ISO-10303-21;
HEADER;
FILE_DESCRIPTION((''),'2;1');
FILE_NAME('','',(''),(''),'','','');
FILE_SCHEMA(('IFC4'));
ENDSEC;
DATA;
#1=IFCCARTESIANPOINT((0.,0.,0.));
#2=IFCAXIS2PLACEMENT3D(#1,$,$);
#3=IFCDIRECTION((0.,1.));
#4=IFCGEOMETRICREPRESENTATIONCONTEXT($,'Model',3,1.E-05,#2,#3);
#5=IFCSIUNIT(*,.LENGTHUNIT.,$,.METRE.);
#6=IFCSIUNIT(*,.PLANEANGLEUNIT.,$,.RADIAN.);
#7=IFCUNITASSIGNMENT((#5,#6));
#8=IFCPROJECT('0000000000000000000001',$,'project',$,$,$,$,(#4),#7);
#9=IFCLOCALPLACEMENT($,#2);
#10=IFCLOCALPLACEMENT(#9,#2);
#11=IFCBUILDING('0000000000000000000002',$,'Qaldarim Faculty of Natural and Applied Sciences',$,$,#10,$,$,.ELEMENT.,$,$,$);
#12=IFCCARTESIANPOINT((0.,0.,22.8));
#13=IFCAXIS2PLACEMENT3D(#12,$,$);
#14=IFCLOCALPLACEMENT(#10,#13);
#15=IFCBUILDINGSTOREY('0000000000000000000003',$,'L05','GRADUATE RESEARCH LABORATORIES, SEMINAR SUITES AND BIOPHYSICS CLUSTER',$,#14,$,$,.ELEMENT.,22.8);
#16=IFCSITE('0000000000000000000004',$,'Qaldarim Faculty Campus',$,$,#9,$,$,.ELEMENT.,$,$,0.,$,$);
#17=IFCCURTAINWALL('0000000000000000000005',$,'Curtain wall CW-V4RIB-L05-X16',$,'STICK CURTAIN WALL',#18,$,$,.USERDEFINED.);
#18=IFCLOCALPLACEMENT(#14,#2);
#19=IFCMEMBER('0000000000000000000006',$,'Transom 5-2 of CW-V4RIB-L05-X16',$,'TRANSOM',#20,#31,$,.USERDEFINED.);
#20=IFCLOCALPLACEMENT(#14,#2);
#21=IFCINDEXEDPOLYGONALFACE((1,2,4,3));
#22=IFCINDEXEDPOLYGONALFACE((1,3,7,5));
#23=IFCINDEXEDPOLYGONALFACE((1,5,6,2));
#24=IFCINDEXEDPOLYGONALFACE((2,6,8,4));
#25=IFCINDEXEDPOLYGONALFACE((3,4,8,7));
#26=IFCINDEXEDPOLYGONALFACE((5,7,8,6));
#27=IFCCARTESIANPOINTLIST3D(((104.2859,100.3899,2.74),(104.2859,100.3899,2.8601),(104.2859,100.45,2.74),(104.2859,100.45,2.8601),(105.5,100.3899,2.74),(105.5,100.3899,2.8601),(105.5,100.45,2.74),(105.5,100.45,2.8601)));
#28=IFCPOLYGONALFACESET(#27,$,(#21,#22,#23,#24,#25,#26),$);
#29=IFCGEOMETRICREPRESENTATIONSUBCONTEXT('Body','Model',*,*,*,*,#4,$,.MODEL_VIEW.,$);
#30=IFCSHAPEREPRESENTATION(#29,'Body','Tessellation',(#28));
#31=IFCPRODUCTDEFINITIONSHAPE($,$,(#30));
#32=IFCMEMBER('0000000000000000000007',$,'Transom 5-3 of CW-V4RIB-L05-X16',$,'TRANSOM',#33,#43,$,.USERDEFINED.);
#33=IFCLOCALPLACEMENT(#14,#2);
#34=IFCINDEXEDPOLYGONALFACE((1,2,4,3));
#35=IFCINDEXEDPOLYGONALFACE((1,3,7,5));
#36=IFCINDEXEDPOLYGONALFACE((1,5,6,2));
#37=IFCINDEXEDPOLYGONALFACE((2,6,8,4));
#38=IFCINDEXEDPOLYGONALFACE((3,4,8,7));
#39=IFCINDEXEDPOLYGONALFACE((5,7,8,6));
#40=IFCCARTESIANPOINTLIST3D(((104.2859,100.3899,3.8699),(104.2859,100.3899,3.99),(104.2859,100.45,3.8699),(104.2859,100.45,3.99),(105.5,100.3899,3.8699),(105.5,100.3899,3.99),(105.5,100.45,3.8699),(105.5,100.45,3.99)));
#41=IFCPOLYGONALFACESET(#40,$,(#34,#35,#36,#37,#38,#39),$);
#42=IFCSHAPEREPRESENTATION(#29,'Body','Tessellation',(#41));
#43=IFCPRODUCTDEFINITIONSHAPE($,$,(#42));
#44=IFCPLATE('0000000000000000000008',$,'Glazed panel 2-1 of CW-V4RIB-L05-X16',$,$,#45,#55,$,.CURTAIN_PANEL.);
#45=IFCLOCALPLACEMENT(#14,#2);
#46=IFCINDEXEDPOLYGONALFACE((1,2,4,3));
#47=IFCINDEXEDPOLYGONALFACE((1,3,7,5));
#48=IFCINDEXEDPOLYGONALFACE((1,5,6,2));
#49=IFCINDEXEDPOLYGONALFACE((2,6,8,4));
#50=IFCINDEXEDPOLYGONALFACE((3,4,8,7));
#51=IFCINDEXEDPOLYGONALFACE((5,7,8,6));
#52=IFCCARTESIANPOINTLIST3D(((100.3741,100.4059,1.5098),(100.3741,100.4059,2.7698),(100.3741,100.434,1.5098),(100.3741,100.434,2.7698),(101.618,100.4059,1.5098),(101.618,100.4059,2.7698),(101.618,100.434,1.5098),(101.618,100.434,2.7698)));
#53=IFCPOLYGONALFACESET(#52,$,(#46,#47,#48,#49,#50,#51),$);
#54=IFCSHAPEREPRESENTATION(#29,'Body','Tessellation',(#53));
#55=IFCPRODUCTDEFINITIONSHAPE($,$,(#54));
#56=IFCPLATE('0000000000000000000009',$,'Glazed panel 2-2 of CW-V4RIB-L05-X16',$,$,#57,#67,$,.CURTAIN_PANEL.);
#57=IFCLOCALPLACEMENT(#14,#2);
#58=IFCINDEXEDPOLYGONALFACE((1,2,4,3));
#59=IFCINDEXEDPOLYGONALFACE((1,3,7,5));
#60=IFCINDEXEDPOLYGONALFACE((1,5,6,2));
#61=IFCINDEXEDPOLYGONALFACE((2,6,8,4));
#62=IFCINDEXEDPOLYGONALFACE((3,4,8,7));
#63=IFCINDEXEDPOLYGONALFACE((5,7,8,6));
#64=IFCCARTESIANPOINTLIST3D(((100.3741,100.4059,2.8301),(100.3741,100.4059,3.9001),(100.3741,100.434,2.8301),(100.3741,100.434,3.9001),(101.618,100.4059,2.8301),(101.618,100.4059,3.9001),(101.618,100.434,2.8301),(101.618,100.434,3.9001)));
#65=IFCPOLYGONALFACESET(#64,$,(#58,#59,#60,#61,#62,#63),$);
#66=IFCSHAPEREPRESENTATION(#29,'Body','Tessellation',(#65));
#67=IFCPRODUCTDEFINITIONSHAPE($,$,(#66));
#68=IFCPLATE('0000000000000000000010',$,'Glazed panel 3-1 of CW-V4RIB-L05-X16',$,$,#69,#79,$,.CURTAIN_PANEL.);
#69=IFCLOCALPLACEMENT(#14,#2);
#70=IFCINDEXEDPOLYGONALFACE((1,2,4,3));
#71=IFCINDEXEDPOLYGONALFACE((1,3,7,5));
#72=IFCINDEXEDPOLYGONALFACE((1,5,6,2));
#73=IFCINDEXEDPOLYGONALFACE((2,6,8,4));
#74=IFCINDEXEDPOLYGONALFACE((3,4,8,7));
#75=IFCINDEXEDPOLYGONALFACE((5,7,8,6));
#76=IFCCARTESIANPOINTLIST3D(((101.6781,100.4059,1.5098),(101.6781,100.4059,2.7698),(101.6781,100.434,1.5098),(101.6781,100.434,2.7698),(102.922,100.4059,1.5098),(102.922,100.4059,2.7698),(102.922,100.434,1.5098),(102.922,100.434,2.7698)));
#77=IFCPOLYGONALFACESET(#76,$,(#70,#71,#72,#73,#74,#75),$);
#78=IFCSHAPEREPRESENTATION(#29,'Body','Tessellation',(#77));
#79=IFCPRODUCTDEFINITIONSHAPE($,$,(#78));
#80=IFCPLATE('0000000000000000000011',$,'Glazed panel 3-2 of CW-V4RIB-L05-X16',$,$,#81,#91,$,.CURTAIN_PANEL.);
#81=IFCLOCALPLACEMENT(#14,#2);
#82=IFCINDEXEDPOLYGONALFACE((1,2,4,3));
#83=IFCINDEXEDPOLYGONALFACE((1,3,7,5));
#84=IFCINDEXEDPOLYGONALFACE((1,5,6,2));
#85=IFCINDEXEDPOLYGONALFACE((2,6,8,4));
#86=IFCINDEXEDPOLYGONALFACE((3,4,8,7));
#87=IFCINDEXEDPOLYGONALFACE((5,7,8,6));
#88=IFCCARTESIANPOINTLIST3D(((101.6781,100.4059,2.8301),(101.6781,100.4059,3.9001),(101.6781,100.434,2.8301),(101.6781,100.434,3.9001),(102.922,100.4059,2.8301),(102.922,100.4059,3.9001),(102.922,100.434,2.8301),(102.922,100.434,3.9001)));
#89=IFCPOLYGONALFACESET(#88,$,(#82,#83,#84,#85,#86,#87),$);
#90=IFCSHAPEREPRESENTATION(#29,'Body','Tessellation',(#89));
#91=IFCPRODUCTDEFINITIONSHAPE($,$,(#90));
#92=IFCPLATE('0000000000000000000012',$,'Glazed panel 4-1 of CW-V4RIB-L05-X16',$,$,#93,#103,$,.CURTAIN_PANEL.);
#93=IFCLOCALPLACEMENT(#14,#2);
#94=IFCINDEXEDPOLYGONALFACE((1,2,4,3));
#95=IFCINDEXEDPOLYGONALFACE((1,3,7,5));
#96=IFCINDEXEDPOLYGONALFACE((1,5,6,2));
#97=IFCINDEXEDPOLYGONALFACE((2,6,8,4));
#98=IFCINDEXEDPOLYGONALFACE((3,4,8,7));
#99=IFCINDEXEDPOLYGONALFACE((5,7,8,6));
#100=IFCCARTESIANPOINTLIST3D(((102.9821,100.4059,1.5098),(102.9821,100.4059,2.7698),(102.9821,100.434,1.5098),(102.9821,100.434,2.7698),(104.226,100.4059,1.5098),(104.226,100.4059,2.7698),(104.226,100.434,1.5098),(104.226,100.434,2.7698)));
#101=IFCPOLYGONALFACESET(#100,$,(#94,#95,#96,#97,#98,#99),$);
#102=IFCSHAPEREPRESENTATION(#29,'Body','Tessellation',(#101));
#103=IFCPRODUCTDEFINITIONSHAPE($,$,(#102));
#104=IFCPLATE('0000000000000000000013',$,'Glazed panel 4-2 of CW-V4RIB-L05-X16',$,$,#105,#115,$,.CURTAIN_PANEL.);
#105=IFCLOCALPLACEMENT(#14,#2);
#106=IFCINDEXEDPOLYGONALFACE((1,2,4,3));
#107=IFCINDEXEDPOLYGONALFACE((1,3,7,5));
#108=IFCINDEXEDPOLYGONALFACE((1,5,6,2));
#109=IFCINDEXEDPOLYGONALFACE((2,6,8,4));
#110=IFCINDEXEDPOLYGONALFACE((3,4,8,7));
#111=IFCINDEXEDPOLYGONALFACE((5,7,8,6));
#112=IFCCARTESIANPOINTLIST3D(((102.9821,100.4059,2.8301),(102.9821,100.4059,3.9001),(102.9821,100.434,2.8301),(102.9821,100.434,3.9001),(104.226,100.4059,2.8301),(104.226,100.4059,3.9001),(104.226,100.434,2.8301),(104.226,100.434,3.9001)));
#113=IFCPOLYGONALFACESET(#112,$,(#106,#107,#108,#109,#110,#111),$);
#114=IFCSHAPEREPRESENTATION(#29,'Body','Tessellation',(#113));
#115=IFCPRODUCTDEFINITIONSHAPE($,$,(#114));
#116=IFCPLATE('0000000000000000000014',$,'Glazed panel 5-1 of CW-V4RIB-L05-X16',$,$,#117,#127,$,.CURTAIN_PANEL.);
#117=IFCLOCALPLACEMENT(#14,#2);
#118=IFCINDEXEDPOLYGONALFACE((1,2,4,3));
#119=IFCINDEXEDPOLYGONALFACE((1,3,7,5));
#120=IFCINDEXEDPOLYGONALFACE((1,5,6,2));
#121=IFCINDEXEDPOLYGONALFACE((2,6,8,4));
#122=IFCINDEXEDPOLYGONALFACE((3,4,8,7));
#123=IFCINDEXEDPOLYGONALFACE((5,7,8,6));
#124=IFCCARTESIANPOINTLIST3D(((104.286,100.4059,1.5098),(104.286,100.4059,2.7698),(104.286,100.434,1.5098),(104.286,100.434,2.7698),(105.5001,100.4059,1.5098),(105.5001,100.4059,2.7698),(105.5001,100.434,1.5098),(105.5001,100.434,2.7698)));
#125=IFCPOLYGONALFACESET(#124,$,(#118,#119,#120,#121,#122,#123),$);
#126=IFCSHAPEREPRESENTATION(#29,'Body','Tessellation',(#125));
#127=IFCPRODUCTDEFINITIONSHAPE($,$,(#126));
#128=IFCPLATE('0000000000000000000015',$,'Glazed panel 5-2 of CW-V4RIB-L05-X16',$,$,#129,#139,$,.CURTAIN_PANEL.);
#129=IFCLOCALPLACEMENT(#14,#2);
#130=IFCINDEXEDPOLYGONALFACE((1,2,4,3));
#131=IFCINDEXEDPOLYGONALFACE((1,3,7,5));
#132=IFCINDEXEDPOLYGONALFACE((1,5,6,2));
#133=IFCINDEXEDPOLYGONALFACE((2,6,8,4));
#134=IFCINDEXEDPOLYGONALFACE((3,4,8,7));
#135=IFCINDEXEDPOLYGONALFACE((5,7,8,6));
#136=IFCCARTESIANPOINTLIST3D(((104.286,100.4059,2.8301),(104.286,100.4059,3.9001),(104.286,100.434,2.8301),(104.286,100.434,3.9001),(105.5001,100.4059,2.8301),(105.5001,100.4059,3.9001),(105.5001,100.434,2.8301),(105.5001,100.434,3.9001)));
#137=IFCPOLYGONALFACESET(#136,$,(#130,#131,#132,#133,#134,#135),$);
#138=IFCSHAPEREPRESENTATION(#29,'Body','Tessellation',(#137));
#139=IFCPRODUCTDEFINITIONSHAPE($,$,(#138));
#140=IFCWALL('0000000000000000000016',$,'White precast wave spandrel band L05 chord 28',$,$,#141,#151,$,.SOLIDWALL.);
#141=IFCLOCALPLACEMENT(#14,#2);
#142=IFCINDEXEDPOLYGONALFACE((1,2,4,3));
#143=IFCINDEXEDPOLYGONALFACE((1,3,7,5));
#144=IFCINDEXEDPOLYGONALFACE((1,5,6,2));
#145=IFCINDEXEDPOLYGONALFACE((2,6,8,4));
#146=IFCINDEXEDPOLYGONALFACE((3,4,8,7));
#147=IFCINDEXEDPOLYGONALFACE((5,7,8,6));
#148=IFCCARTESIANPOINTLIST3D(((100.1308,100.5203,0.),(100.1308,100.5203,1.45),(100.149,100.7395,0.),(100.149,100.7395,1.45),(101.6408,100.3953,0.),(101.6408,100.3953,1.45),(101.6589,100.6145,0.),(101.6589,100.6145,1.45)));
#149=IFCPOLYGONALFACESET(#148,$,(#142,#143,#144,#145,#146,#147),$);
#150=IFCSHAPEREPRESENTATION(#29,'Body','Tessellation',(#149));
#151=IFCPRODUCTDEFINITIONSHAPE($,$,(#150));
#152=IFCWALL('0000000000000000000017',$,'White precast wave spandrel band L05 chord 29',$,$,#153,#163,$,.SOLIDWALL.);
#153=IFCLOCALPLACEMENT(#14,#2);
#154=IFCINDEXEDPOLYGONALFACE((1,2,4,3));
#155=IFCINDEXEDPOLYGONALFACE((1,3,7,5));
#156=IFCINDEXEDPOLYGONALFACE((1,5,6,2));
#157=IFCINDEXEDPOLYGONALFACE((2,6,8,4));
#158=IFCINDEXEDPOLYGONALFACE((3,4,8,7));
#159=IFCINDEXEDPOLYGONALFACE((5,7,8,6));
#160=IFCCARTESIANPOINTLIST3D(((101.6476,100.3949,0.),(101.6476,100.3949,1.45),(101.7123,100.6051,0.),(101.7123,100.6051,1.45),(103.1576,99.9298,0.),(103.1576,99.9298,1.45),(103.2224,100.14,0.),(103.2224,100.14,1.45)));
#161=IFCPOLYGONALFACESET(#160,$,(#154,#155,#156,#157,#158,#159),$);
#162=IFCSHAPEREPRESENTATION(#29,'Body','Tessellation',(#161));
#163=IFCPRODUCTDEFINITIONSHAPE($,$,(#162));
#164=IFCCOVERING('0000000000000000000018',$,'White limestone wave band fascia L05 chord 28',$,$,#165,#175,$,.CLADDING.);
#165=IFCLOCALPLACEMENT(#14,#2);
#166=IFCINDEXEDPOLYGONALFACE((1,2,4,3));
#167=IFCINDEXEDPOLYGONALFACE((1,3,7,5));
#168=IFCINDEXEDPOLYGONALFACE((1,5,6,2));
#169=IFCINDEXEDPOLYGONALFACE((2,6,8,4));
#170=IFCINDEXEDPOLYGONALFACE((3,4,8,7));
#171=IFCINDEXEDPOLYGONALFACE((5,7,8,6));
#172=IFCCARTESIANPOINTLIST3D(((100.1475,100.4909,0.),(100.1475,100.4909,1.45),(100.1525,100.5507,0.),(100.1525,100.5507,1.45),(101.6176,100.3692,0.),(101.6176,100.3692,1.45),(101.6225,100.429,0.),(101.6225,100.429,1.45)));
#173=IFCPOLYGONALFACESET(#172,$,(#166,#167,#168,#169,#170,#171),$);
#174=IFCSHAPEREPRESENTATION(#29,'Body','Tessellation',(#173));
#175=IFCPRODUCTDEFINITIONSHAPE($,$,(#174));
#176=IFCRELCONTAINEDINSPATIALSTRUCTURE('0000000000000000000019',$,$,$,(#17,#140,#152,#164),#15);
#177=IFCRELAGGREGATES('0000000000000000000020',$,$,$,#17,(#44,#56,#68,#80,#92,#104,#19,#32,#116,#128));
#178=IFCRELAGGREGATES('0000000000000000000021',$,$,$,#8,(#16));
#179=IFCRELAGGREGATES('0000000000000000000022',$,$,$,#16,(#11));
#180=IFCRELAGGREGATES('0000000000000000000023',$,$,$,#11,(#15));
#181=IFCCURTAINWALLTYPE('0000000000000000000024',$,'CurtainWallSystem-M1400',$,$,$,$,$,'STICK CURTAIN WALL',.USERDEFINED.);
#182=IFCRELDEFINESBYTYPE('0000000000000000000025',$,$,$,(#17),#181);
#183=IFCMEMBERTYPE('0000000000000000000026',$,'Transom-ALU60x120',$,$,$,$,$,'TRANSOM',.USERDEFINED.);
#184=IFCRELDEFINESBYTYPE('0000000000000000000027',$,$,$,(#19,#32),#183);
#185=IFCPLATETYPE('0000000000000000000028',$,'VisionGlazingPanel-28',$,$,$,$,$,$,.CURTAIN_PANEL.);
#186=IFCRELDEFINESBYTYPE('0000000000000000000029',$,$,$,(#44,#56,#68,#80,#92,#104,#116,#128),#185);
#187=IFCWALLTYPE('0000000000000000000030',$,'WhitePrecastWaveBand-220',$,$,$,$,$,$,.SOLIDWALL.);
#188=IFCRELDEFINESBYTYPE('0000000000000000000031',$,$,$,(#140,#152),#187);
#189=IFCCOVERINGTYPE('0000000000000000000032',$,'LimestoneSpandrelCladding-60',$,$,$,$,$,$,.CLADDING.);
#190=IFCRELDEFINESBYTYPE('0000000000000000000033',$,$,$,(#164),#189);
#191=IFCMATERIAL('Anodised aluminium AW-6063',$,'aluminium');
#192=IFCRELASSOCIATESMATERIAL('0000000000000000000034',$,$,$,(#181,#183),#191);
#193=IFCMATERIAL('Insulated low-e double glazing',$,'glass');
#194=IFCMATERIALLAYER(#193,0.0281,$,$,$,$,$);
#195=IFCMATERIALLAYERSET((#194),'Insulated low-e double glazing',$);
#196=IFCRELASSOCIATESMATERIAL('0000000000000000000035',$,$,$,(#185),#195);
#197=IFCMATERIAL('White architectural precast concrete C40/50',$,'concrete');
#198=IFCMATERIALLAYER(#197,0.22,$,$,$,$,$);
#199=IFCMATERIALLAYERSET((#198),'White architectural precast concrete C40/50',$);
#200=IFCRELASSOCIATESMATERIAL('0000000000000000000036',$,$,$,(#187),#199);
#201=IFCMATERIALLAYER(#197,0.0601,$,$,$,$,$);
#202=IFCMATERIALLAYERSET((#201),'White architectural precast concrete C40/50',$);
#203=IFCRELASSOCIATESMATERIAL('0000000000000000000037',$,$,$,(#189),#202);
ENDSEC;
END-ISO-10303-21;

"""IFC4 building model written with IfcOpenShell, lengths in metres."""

from ifc_helpers import new_model, si_unit, direction, frame, frame_2d, origin, origin_2d, place, context, subcontext, project, spatial, rectangle, extrude, material, layer, layer_set, material_profile, profile_set, type_object, element, aggregate, save


model = new_model("IFC4")

# Units and contexts
model_context = context("Model", 3, precision=1e-05, world=origin(), true_north=direction((0.0, 1.0)))
body_context = subcontext(model_context, "Body", "Model", "MODEL_VIEW")
ifc_project = project(units=[si_unit("LENGTHUNIT", "METRE"), si_unit("PLANEANGLEUNIT", "RADIAN")], contexts=[model_context])

# Site, building, storey
site_placement = place(None, origin())
site = spatial("IfcSite", under=ifc_project, at=site_placement, Name="Qaldarim Faculty Campus", CompositionType="ELEMENT", RefElevation=0.0)
building_placement = place(site_placement, origin())
building = spatial("IfcBuilding", under=site, at=building_placement, Name="Qaldarim Faculty of Natural and Applied Sciences", CompositionType="ELEMENT")
storey_placement = place(building_placement, frame((0.0, 0.0, 22.8)))
storey = spatial("IfcBuildingStorey", under=building, at=storey_placement, Name="L05", Description="GRADUATE RESEARCH LABORATORIES, SEMINAR SUITES AND BIOPHYSICS CLUSTER", CompositionType="ELEMENT", Elevation=22.8)

# Curtain wall, members, plates
ifc_material_1 = material(Name="Anodised aluminium AW-6063", Category="aluminium")
curtain_wall_type = type_object("IfcCurtainWallType", Name="CurtainWallSystem-M1400", ElementType="STICK CURTAIN WALL", PredefinedType="USERDEFINED", material=ifc_material_1)
curtain_wall_placement = place(storey_placement, origin())
curtain_wall = element("IfcCurtainWall", 1, at=curtain_wall_placement, inside=storey, type_object=curtain_wall_type, Name="Curtain wall CW-V4RIB-L05-X16", ObjectType="STICK CURTAIN WALL", PredefinedType="USERDEFINED")
ifc_material_profile_1 = material_profile(ifc_material_1, rectangle(XDim=0.0601, YDim=0.1201, at=origin_2d()), Name="ALU-T60x120")
ifc_profile_set_1 = profile_set([ifc_material_profile_1], Name="Anodised aluminium AW-6063")
member_type_1 = type_object("IfcMemberType", Name="Transom-ALU60x120", ElementType="TRANSOM", PredefinedType="USERDEFINED", material=ifc_profile_set_1)
member_1_placement = place(storey_placement, frame((104.2859, 100.4199, 2.8), z_axis=(1.0, 0.0, 0.0), x_axis=(0.0, 1.0, 0.0)))
member_1 = element("IfcMember", 2, at=member_1_placement, type_object=member_type_1, Name="Transom 5-2 of CW-V4RIB-L05-X16", ObjectType="TRANSOM", PredefinedType="USERDEFINED", context=body_context, shape_type="SweptSolid", body=[
    extrude(rectangle(XDim=0.0601, YDim=0.1201, at=origin_2d()), origin(), (0.0, 0.0, 1.0), 1.2141),
])
member_2_placement = place(storey_placement, frame((104.2859, 100.4199, 3.9299), z_axis=(1.0, 0.0, 0.0), x_axis=(0.0, 1.0, 0.0)))
member_2 = element("IfcMember", 3, at=member_2_placement, type_object=member_type_1, Name="Transom 5-3 of CW-V4RIB-L05-X16", ObjectType="TRANSOM", PredefinedType="USERDEFINED", context=body_context, shape_type="SweptSolid", body=[
    extrude(rectangle(XDim=0.0601, YDim=0.1201, at=origin_2d()), origin(), (0.0, 0.0, 1.0), 1.2141),
])
ifc_material_2 = material(Name="Insulated low-e double glazing", Category="glass")
ifc_layer_1 = layer(ifc_material_2, 0.0281)
ifc_layer_set_1 = layer_set([ifc_layer_1], Name="Insulated low-e double glazing")
plate_type = type_object("IfcPlateType", Name="VisionGlazingPanel-28", PredefinedType="CURTAIN_PANEL", material=ifc_layer_set_1)
plate_1_placement = place(storey_placement, frame((100.9961, 100.4199, 1.5098), z_axis=(0.0, 0.0, 1.0), x_axis=(1.0, 0.0, 0.0)))
plate_1 = element("IfcPlate", 4, at=plate_1_placement, type_object=plate_type, Name="Glazed panel 2-1 of CW-V4RIB-L05-X16", PredefinedType="CURTAIN_PANEL", context=body_context, shape_type="SweptSolid", body=[
    extrude(rectangle(XDim=1.2439, YDim=0.0281, at=origin_2d()), origin(), (0.0, 0.0, 1.0), 1.26),
])
plate_2_placement = place(storey_placement, frame((100.9961, 100.4199, 2.8301), z_axis=(0.0, 0.0, 1.0), x_axis=(1.0, 0.0, 0.0)))
plate_2 = element("IfcPlate", 5, at=plate_2_placement, type_object=plate_type, Name="Glazed panel 2-2 of CW-V4RIB-L05-X16", PredefinedType="CURTAIN_PANEL", context=body_context, shape_type="SweptSolid", body=[
    extrude(rectangle(XDim=1.2439, YDim=0.0281, at=origin_2d()), origin(), (0.0, 0.0, 1.0), 1.0701),
])
plate_3_placement = place(storey_placement, frame((102.3, 100.4199, 1.5098), z_axis=(0.0, 0.0, 1.0), x_axis=(1.0, 0.0, 0.0)))
plate_3 = element("IfcPlate", 6, at=plate_3_placement, type_object=plate_type, Name="Glazed panel 3-1 of CW-V4RIB-L05-X16", PredefinedType="CURTAIN_PANEL", context=body_context, shape_type="SweptSolid", body=[
    extrude(rectangle(XDim=1.2439, YDim=0.0281, at=origin_2d()), origin(), (0.0, 0.0, 1.0), 1.26),
])
plate_4_placement = place(storey_placement, frame((102.3, 100.4199, 2.8301), z_axis=(0.0, 0.0, 1.0), x_axis=(1.0, 0.0, 0.0)))
plate_4 = element("IfcPlate", 7, at=plate_4_placement, type_object=plate_type, Name="Glazed panel 3-2 of CW-V4RIB-L05-X16", PredefinedType="CURTAIN_PANEL", context=body_context, shape_type="SweptSolid", body=[
    extrude(rectangle(XDim=1.2439, YDim=0.0281, at=origin_2d()), origin(), (0.0, 0.0, 1.0), 1.0701),
])
plate_5_placement = place(storey_placement, frame((103.604, 100.4199, 1.5098), z_axis=(0.0, 0.0, 1.0), x_axis=(1.0, 0.0, 0.0)))
plate_5 = element("IfcPlate", 8, at=plate_5_placement, type_object=plate_type, Name="Glazed panel 4-1 of CW-V4RIB-L05-X16", PredefinedType="CURTAIN_PANEL", context=body_context, shape_type="SweptSolid", body=[
    extrude(rectangle(XDim=1.2439, YDim=0.0281, at=origin_2d()), origin(), (0.0, 0.0, 1.0), 1.26),
])
plate_6_placement = place(storey_placement, frame((103.604, 100.4199, 2.8301), z_axis=(0.0, 0.0, 1.0), x_axis=(1.0, 0.0, 0.0)))
plate_6 = element("IfcPlate", 9, at=plate_6_placement, type_object=plate_type, Name="Glazed panel 4-2 of CW-V4RIB-L05-X16", PredefinedType="CURTAIN_PANEL", context=body_context, shape_type="SweptSolid", body=[
    extrude(rectangle(XDim=1.2439, YDim=0.0281, at=origin_2d()), origin(), (0.0, 0.0, 1.0), 1.0701),
])
plate_7_placement = place(storey_placement, frame((104.8931, 100.4199, 1.5098), z_axis=(0.0, 0.0, 1.0), x_axis=(1.0, 0.0, 0.0)))
plate_7 = element("IfcPlate", 10, at=plate_7_placement, type_object=plate_type, Name="Glazed panel 5-1 of CW-V4RIB-L05-X16", PredefinedType="CURTAIN_PANEL", context=body_context, shape_type="SweptSolid", body=[
    extrude(rectangle(XDim=1.2141, YDim=0.0281, at=origin_2d()), origin(), (0.0, 0.0, 1.0), 1.26),
])
plate_8_placement = place(storey_placement, frame((104.8931, 100.4199, 2.8301), z_axis=(0.0, 0.0, 1.0), x_axis=(1.0, 0.0, 0.0)))
plate_8 = element("IfcPlate", 11, at=plate_8_placement, type_object=plate_type, Name="Glazed panel 5-2 of CW-V4RIB-L05-X16", PredefinedType="CURTAIN_PANEL", context=body_context, shape_type="SweptSolid", body=[
    extrude(rectangle(XDim=1.2141, YDim=0.0281, at=origin_2d()), origin(), (0.0, 0.0, 1.0), 1.0701),
])
aggregate(curtain_wall, [plate_1, plate_2, plate_3, plate_4, plate_5, plate_6, member_1, member_2, plate_7, plate_8])

# Walls
ifc_material_3 = material(Name="White architectural precast concrete C40/50", Category="concrete")
ifc_layer_2 = layer(ifc_material_3, 0.22)
ifc_layer_set_2 = layer_set([ifc_layer_2], Name="White architectural precast concrete C40/50")
wall_type = type_object("IfcWallType", Name="WhitePrecastWaveBand-220", PredefinedType="SOLIDWALL", material=ifc_layer_set_2)
wall_1_placement = place(storey_placement, frame((100.1399, 100.6299, 0.0), z_axis=(0.0, 0.0, 1.0), x_axis=(0.996591, -0.082499, 0.0)))
element("IfcWall", 12, at=wall_1_placement, inside=storey, type_object=wall_type, Name="White precast wave spandrel band L05 chord 28", PredefinedType="SOLIDWALL", context=body_context, shape_type="SweptSolid", body=[
    extrude(rectangle(XDim=1.5151, YDim=0.22, at=frame_2d((0.7576, 0.0))), origin(), (0.0, 0.0, 1.0), 1.45),
])
wall_2_placement = place(storey_placement, frame((101.6799, 100.5, 0.0), z_axis=(0.0, 0.0, 1.0), x_axis=(0.955695, -0.294357, 0.0)))
element("IfcWall", 13, at=wall_2_placement, inside=storey, type_object=wall_type, Name="White precast wave spandrel band L05 chord 29", PredefinedType="SOLIDWALL", context=body_context, shape_type="SweptSolid", body=[
    extrude(rectangle(XDim=1.5801, YDim=0.22, at=frame_2d((0.79, 0.0))), origin(), (0.0, 0.0, 1.0), 1.45),
])

# Covering
ifc_layer_3 = layer(ifc_material_3, 0.0601)
ifc_layer_set_3 = layer_set([ifc_layer_3], Name="White architectural precast concrete C40/50")
covering_type = type_object("IfcCoveringType", Name="LimestoneSpandrelCladding-60", PredefinedType="CLADDING", material=ifc_layer_set_3)
covering_placement = place(storey_placement, frame((100.885, 100.46, 0.0), z_axis=(0.0, 0.0, 1.0), x_axis=(0.996591, -0.082495, 0.0)))
element("IfcCovering", 14, at=covering_placement, inside=storey, type_object=covering_type, Name="White limestone wave band fascia L05 chord 28", PredefinedType="CLADDING", context=body_context, shape_type="SweptSolid", body=[
    extrude(rectangle(XDim=1.4751, YDim=0.0601, at=origin_2d()), origin(), (0.0, 0.0, 1.0), 1.45),
])

save(model, "model.ifc")
